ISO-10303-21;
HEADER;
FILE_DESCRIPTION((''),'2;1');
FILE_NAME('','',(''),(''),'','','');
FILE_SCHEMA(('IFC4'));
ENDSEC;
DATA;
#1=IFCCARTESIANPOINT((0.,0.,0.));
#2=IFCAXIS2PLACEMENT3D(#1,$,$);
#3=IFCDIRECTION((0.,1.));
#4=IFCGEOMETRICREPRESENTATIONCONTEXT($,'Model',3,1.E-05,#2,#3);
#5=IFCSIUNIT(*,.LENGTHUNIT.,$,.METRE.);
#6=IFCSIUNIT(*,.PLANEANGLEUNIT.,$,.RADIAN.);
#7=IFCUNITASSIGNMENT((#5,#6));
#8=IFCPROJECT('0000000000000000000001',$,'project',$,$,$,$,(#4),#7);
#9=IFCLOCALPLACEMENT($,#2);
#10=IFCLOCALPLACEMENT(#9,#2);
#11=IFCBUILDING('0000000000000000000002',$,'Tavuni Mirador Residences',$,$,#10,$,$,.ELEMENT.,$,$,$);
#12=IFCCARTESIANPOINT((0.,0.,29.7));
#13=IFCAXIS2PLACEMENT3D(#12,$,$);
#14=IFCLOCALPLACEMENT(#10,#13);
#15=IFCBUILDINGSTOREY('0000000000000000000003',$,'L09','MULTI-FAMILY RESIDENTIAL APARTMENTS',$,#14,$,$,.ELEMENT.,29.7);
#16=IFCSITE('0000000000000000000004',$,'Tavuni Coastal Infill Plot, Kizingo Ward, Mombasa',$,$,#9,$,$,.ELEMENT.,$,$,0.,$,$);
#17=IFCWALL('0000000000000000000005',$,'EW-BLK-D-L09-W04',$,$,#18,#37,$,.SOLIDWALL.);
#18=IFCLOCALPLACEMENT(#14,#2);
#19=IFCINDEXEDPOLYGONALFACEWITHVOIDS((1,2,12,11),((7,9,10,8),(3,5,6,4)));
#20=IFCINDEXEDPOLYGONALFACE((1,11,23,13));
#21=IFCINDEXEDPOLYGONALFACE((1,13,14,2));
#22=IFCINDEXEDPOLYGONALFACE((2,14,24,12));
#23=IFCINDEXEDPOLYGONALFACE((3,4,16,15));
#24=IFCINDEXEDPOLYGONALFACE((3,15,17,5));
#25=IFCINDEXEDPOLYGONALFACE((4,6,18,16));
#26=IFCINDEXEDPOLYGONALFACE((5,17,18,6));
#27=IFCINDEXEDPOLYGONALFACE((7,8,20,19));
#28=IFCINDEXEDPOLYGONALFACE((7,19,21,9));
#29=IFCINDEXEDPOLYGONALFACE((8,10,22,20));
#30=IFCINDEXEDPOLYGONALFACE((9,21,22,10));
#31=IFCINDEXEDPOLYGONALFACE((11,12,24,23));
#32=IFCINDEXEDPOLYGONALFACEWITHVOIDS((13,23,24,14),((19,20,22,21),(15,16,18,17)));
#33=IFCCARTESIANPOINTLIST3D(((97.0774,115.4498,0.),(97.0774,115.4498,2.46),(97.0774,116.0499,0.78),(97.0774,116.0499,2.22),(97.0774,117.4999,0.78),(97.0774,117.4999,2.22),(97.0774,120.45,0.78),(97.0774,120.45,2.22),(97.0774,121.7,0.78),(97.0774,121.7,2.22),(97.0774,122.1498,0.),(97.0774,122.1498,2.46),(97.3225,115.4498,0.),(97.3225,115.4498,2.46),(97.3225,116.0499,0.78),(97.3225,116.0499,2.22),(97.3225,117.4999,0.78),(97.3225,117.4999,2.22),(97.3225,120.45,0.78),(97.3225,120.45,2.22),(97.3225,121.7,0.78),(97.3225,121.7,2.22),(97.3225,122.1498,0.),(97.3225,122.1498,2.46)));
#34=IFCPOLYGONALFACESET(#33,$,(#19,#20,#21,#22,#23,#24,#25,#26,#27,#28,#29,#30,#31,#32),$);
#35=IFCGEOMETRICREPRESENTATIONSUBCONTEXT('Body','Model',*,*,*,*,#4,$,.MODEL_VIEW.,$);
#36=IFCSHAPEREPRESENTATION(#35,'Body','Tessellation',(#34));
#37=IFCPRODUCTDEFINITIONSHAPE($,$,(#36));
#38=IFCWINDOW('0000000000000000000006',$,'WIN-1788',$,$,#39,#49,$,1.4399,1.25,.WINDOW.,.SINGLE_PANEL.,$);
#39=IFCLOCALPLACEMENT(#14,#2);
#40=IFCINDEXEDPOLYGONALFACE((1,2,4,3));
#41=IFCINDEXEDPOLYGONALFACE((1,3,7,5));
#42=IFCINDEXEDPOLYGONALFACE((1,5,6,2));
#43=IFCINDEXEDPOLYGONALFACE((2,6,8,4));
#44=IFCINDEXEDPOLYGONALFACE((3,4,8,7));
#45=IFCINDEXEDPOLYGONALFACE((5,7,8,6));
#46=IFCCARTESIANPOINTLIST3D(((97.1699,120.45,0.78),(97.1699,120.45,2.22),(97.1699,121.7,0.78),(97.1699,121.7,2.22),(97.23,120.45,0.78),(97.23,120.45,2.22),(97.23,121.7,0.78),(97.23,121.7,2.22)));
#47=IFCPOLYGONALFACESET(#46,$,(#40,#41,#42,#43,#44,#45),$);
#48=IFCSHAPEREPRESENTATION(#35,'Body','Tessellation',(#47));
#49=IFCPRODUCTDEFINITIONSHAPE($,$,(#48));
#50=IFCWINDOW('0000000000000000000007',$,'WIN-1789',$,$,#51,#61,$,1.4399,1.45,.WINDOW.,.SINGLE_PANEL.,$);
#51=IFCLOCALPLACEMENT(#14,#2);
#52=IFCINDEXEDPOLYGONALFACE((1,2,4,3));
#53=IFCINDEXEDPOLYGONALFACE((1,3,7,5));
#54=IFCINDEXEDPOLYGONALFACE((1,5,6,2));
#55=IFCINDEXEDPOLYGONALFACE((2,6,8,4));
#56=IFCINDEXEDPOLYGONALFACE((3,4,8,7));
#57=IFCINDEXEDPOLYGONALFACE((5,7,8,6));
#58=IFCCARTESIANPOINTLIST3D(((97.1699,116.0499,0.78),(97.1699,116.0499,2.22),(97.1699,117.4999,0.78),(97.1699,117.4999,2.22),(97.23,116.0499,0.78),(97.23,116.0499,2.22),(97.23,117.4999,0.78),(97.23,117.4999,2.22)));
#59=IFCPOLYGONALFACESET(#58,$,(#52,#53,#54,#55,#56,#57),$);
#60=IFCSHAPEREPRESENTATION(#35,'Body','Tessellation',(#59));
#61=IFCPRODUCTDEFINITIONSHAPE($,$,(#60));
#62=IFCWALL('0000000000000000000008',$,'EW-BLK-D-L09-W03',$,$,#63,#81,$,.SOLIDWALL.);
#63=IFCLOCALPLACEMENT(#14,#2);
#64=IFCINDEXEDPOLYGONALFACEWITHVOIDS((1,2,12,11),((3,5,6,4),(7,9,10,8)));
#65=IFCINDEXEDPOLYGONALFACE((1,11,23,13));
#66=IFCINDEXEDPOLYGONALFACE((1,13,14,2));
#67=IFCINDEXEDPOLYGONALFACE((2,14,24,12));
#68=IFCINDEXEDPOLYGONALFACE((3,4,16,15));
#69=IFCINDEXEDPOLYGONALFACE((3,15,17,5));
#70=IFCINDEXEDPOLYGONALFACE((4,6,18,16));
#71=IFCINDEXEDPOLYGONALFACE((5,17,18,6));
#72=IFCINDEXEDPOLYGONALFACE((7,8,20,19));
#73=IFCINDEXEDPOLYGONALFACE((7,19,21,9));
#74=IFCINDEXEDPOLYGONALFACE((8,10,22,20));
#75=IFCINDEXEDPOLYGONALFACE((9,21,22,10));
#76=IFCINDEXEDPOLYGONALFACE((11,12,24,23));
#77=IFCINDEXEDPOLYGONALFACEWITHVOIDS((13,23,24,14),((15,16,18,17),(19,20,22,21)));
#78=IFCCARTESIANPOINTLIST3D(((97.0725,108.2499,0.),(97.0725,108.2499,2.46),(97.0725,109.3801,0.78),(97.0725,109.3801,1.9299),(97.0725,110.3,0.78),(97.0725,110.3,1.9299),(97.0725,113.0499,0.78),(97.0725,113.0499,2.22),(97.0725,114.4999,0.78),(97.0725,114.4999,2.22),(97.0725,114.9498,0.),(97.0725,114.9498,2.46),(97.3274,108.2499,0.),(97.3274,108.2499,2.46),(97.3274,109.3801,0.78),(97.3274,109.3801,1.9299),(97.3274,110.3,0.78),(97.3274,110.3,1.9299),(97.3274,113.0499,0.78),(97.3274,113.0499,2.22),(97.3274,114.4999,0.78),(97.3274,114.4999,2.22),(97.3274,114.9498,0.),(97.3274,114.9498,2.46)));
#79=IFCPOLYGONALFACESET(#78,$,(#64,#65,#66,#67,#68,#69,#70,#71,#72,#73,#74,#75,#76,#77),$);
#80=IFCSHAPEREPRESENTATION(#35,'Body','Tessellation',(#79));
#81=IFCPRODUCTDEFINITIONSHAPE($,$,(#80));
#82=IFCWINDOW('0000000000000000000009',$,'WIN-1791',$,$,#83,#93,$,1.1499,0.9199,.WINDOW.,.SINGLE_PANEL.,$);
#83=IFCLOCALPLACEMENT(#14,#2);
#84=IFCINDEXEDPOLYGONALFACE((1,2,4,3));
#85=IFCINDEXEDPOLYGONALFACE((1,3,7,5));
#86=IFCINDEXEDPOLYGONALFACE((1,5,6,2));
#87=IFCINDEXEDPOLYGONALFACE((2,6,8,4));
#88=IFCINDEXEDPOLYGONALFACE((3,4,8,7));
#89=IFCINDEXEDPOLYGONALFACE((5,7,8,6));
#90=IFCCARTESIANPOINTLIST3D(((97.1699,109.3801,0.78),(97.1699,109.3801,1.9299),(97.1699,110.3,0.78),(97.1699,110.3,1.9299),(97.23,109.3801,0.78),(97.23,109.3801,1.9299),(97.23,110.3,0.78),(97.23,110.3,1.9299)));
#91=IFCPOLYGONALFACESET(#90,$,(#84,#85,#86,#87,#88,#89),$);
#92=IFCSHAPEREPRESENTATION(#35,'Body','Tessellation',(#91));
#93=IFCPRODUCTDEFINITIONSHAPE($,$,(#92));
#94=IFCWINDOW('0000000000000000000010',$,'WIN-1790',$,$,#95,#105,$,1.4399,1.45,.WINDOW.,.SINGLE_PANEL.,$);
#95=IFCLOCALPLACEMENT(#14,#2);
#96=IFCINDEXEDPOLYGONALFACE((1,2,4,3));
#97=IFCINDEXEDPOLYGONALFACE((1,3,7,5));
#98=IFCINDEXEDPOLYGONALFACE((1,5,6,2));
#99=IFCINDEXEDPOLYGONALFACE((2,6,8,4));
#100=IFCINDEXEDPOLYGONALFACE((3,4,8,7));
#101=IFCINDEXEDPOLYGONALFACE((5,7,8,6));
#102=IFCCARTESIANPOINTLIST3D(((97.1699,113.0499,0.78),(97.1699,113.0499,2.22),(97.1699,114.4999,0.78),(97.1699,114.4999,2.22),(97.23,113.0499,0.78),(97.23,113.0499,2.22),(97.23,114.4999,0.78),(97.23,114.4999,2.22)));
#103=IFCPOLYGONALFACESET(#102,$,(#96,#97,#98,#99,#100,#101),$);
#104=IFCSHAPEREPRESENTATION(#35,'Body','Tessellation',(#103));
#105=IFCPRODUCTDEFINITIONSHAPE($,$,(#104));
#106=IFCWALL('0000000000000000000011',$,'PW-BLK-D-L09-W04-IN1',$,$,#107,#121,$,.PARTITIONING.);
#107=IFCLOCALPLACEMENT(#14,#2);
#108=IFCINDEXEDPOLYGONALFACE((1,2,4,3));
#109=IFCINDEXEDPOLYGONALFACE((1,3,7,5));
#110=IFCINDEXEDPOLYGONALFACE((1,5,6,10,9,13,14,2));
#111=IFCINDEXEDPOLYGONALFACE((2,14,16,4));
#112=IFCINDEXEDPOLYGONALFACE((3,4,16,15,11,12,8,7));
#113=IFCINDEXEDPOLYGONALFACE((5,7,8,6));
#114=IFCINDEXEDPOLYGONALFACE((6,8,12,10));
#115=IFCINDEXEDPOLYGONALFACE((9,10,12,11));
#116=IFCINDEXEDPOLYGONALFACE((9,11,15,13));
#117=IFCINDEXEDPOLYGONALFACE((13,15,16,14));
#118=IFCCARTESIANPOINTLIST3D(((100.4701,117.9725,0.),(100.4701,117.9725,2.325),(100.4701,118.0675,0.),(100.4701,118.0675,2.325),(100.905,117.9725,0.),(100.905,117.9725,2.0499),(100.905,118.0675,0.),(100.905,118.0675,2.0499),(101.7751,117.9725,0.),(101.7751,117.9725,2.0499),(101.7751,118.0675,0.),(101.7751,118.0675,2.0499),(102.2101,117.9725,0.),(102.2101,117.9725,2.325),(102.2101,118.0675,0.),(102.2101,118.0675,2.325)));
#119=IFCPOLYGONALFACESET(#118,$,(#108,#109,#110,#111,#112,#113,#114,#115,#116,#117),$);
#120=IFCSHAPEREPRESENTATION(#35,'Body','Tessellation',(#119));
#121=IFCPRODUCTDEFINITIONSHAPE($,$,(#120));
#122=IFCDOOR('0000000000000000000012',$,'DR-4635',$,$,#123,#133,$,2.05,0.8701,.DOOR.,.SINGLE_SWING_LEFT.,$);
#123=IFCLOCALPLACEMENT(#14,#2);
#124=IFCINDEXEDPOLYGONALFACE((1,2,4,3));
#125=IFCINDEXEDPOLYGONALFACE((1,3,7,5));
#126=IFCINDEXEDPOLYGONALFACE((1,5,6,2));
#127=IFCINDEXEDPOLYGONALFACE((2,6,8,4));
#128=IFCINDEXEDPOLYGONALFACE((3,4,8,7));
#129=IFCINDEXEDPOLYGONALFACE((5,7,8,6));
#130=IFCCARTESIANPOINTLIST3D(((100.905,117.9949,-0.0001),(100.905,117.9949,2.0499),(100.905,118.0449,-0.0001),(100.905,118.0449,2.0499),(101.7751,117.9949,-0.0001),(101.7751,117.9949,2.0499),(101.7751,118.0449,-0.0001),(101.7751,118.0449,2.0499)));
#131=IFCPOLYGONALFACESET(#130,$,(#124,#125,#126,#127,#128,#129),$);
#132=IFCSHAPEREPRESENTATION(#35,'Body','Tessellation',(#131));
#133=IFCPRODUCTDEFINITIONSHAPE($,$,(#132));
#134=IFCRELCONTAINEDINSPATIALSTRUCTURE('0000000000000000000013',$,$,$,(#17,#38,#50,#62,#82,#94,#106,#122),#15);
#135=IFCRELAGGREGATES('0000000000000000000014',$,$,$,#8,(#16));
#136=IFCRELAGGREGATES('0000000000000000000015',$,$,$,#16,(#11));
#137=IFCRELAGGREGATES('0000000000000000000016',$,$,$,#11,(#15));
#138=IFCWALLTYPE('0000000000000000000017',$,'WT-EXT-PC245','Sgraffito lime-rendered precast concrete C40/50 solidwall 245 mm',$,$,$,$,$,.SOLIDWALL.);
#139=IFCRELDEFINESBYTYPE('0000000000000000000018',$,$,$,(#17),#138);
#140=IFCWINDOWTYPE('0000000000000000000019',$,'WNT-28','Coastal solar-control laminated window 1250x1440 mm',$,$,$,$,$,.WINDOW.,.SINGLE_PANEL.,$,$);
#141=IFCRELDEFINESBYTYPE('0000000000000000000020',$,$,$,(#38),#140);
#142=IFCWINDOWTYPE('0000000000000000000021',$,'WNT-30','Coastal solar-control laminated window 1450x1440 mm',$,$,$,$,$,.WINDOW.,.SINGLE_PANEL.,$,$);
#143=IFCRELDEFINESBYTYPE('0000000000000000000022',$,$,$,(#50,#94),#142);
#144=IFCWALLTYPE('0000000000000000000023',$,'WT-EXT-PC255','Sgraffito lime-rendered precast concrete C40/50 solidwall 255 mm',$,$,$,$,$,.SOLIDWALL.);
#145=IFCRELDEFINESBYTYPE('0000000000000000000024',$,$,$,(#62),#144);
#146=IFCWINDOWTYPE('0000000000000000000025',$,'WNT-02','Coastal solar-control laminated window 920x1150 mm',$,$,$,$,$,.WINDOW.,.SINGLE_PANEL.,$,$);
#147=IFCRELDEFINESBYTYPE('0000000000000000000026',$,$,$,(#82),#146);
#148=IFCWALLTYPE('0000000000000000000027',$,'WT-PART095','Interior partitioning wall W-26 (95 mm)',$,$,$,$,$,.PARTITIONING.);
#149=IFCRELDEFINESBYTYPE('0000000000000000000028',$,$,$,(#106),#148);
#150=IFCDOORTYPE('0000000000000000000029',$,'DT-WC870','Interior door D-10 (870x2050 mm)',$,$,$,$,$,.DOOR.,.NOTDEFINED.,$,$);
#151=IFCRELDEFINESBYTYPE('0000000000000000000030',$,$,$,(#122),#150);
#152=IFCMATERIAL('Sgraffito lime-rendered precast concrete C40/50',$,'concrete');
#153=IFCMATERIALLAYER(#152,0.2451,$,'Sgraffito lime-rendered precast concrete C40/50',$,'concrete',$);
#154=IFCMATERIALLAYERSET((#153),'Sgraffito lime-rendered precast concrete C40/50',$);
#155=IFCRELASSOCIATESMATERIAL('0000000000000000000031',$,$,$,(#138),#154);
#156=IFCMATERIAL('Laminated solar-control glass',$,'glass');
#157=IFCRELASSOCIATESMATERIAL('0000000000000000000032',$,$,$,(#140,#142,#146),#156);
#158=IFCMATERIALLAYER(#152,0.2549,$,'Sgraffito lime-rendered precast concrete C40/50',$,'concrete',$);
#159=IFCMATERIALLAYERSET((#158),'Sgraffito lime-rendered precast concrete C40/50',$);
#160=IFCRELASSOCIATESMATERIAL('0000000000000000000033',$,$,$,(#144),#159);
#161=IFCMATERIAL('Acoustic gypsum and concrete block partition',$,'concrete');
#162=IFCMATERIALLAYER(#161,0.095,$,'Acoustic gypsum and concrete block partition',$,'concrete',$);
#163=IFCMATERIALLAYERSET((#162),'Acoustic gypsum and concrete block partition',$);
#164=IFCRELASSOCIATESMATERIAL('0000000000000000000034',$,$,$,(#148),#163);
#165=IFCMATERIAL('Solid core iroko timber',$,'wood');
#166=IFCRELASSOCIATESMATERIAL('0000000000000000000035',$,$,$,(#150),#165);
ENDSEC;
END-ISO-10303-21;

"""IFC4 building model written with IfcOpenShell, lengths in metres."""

from ifc_helpers import new_model, si_unit, direction, frame, frame_2d, origin, place, context, subcontext, project, spatial, rectangle, extrude, material, layer, layer_set, type_object, element, fill, save


model = new_model("IFC4")

# Units and contexts
model_context = context("Model", 3, precision=1e-05, world=origin(), true_north=direction((0.0, 1.0)))
body_context = subcontext(model_context, "Body", "Model", "MODEL_VIEW")
ifc_project = project(units=[si_unit("LENGTHUNIT", "METRE"), si_unit("PLANEANGLEUNIT", "RADIAN")], contexts=[model_context])

# Site, building, storey
site_placement = place(None, origin())
site = spatial("IfcSite", under=ifc_project, at=site_placement, Name="Tavuni Coastal Infill Plot, Kizingo Ward, Mombasa", CompositionType="ELEMENT", RefElevation=0.0)
building_placement = place(site_placement, origin())
building = spatial("IfcBuilding", under=site, at=building_placement, Name="Tavuni Mirador Residences", CompositionType="ELEMENT")
storey_placement = place(building_placement, frame((0.0, 0.0, 29.7)))
storey = spatial("IfcBuildingStorey", under=building, at=storey_placement, Name="L09", Description="MULTI-FAMILY RESIDENTIAL APARTMENTS", CompositionType="ELEMENT", Elevation=29.7)

# Shared definitions
ifc_material_1 = material(Name="Solid core iroko timber", Category="wood")

# Walls, openings, windows
ifc_material_2 = material(Name="Sgraffito lime-rendered precast concrete C40/50", Category="concrete")
ifc_layer_1 = layer(ifc_material_2, 0.2451, Name="Sgraffito lime-rendered precast concrete C40/50", Category="concrete")
ifc_layer_set_1 = layer_set([ifc_layer_1], Name="Sgraffito lime-rendered precast concrete C40/50")
wall_type_1 = type_object("IfcWallType", Name="WT-EXT-PC245", Description="Sgraffito lime-rendered precast concrete C40/50 solidwall 245 mm", PredefinedType="SOLIDWALL", material=ifc_layer_set_1)
wall_1_placement = place(storey_placement, frame((97.2, 122.1499, 0.0), z_axis=(0.0, 0.0, 1.0), x_axis=(0.0, -1.0, 0.0)))
wall_1 = element("IfcWall", 1, at=wall_1_placement, inside=storey, type_object=wall_type_1, Name="EW-BLK-D-L09-W04", PredefinedType="SOLIDWALL", context=body_context, shape_type="SweptSolid", body=[
    extrude(rectangle(XDim=6.7, YDim=0.2451, at=frame_2d((3.3501, 0.0))), origin(), (0.0, 0.0, 1.0), 2.46),
])
opening_1_placement = place(wall_1_placement, frame((0.45, 0.0, 0.78)))
opening_1 = element("IfcOpeningElement", 2, at=opening_1_placement, cuts=wall_1, PredefinedType="OPENING", context=body_context, shape_type="SweptSolid", body=[
    extrude(rectangle(XDim=1.25, YDim=1.4399, at=frame_2d((0.625, 0.72))), frame((0.0, 0.1326, 0.0), z_axis=(0.0, -1.0, 0.0), x_axis=(1.0, 0.0, 0.0)), (0.0, 0.0, 1.0), 0.2651),
])
opening_2_placement = place(wall_1_placement, frame((4.6499, 0.0, 0.78)))
opening_2 = element("IfcOpeningElement", 3, at=opening_2_placement, cuts=wall_1, PredefinedType="OPENING", context=body_context, shape_type="SweptSolid", body=[
    extrude(rectangle(XDim=1.45, YDim=1.4399, at=frame_2d((0.7251, 0.72))), frame((0.0, 0.1326, 0.0), z_axis=(0.0, -1.0, 0.0), x_axis=(1.0, 0.0, 0.0)), (0.0, 0.0, 1.0), 0.2651),
])
ifc_material_3 = material(Name="Laminated solar-control glass", Category="glass")
window_type_1 = type_object("IfcWindowType", Name="WNT-28", Description="Coastal solar-control laminated window 1250x1440 mm", PartitioningType="SINGLE_PANEL", PredefinedType="WINDOW", material=ifc_material_3)
window_1_placement = place(opening_1_placement, origin())
window_1 = element("IfcWindow", 4, at=window_1_placement, inside=storey, type_object=window_type_1, Name="WIN-1788", OverallHeight=1.4399, OverallWidth=1.25, PartitioningType="SINGLE_PANEL", PredefinedType="WINDOW", context=body_context, shape_type="SweptSolid", body=[
    extrude(rectangle(XDim=1.25, YDim=1.4399, at=frame_2d((0.625, 0.72))), frame((0.0, 0.03, 0.0), z_axis=(0.0, -1.0, 0.0), x_axis=(1.0, 0.0, 0.0)), (0.0, 0.0, 1.0), 0.0601),
])
fill(opening_1, window_1)
window_type_2 = type_object("IfcWindowType", Name="WNT-30", Description="Coastal solar-control laminated window 1450x1440 mm", PartitioningType="SINGLE_PANEL", PredefinedType="WINDOW", material=ifc_material_3)
window_2_placement = place(opening_2_placement, origin())
window_2 = element("IfcWindow", 5, at=window_2_placement, inside=storey, type_object=window_type_2, Name="WIN-1789", OverallHeight=1.4399, OverallWidth=1.45, PartitioningType="SINGLE_PANEL", PredefinedType="WINDOW", context=body_context, shape_type="SweptSolid", body=[
    extrude(rectangle(XDim=1.45, YDim=1.4399, at=frame_2d((0.7251, 0.72))), frame((0.0, 0.03, 0.0), z_axis=(0.0, -1.0, 0.0), x_axis=(1.0, 0.0, 0.0)), (0.0, 0.0, 1.0), 0.0601),
])
fill(opening_2, window_2)
ifc_layer_2 = layer(ifc_material_2, 0.2549, Name="Sgraffito lime-rendered precast concrete C40/50", Category="concrete")
ifc_layer_set_2 = layer_set([ifc_layer_2], Name="Sgraffito lime-rendered precast concrete C40/50")
wall_type_2 = type_object("IfcWallType", Name="WT-EXT-PC255", Description="Sgraffito lime-rendered precast concrete C40/50 solidwall 255 mm", PredefinedType="SOLIDWALL", material=ifc_layer_set_2)
wall_2_placement = place(storey_placement, frame((97.2, 114.95, 0.0), z_axis=(0.0, 0.0, 1.0), x_axis=(0.0, -1.0, 0.0)))
wall_2 = element("IfcWall", 6, at=wall_2_placement, inside=storey, type_object=wall_type_2, Name="EW-BLK-D-L09-W03", PredefinedType="SOLIDWALL", context=body_context, shape_type="SweptSolid", body=[
    extrude(rectangle(XDim=6.7, YDim=0.2549, at=frame_2d((3.3501, 0.0))), origin(), (0.0, 0.0, 1.0), 2.46),
])
opening_3_placement = place(wall_2_placement, frame((0.45, 0.0, 0.78)))
opening_3 = element("IfcOpeningElement", 7, at=opening_3_placement, cuts=wall_2, PredefinedType="OPENING", context=body_context, shape_type="SweptSolid", body=[
    extrude(rectangle(XDim=1.45, YDim=1.4399, at=frame_2d((0.7251, 0.72))), frame((0.0, 0.1375, 0.0), z_axis=(0.0, -1.0, 0.0), x_axis=(1.0, 0.0, 0.0)), (0.0, 0.0, 1.0), 0.2749),
])
opening_4_placement = place(wall_2_placement, frame((4.6499, 0.0, 0.78)))
opening_4 = element("IfcOpeningElement", 8, at=opening_4_placement, cuts=wall_2, PredefinedType="OPENING", context=body_context, shape_type="SweptSolid", body=[
    extrude(rectangle(XDim=0.9199, YDim=1.1499, at=frame_2d((0.46, 0.575))), frame((0.0, 0.1375, 0.0), z_axis=(0.0, -1.0, 0.0), x_axis=(1.0, 0.0, 0.0)), (0.0, 0.0, 1.0), 0.2749),
])
window_type_3 = type_object("IfcWindowType", Name="WNT-02", Description="Coastal solar-control laminated window 920x1150 mm", PartitioningType="SINGLE_PANEL", PredefinedType="WINDOW", material=ifc_material_3)
window_3_placement = place(opening_4_placement, origin())
window_3 = element("IfcWindow", 9, at=window_3_placement, inside=storey, type_object=window_type_3, Name="WIN-1791", OverallHeight=1.1499, OverallWidth=0.9199, PartitioningType="SINGLE_PANEL", PredefinedType="WINDOW", context=body_context, shape_type="SweptSolid", body=[
    extrude(rectangle(XDim=0.9199, YDim=1.1499, at=frame_2d((0.46, 0.575))), frame((0.0, 0.03, 0.0), z_axis=(0.0, -1.0, 0.0), x_axis=(1.0, 0.0, 0.0)), (0.0, 0.0, 1.0), 0.0601),
])
fill(opening_4, window_3)
window_4_placement = place(opening_3_placement, origin())
window_4 = element("IfcWindow", 10, at=window_4_placement, inside=storey, type_object=window_type_2, Name="WIN-1790", OverallHeight=1.4399, OverallWidth=1.45, PartitioningType="SINGLE_PANEL", PredefinedType="WINDOW", context=body_context, shape_type="SweptSolid", body=[
    extrude(rectangle(XDim=1.45, YDim=1.4399, at=frame_2d((0.7251, 0.72))), frame((0.0, 0.03, 0.0), z_axis=(0.0, -1.0, 0.0), x_axis=(1.0, 0.0, 0.0)), (0.0, 0.0, 1.0), 0.0601),
])
fill(opening_3, window_4)

# Wall, opening, door
ifc_material_4 = material(Name="Acoustic gypsum and concrete block partition", Category="concrete")
ifc_layer_3 = layer(ifc_material_4, 0.095, Name="Acoustic gypsum and concrete block partition", Category="concrete")
ifc_layer_set_3 = layer_set([ifc_layer_3], Name="Acoustic gypsum and concrete block partition")
wall_type_3 = type_object("IfcWallType", Name="WT-PART095", Description="Interior partitioning wall W-26 (95 mm)", PredefinedType="PARTITIONING", material=ifc_layer_set_3)
wall_3_placement = place(storey_placement, frame((100.47, 118.02, 0.0), z_axis=(0.0, 0.0, 1.0), x_axis=(1.0, 0.0, 0.0)))
wall_3 = element("IfcWall", 11, at=wall_3_placement, inside=storey, type_object=wall_type_3, Name="PW-BLK-D-L09-W04-IN1", PredefinedType="PARTITIONING", context=body_context, shape_type="SweptSolid", body=[
    extrude(rectangle(XDim=1.74, YDim=0.095, at=frame_2d((0.8701, 0.0))), origin(), (0.0, 0.0, 1.0), 2.325),
])
opening_5_placement = place(wall_3_placement, frame((0.4351, 0.0, 0.0)))
opening_5 = element("IfcOpeningElement", 12, at=opening_5_placement, cuts=wall_3, PredefinedType="OPENING", context=body_context, shape_type="SweptSolid", body=[
    extrude(rectangle(XDim=0.8701, YDim=2.05, at=frame_2d((0.4351, 1.0249))), frame((0.0, 0.0576, 0.0), z_axis=(0.0, -1.0, 0.0), x_axis=(1.0, 0.0, 0.0)), (0.0, 0.0, 1.0), 0.115),
])
door_type_1 = type_object("IfcDoorType", Name="DT-WC870", Description="Interior door D-10 (870x2050 mm)", OperationType="NOTDEFINED", PredefinedType="DOOR", material=ifc_material_1)
door_1_placement = place(opening_5_placement, origin())
door_1 = element("IfcDoor", 13, at=door_1_placement, inside=storey, type_object=door_type_1, Name="DR-4635", OperationType="SINGLE_SWING_LEFT", OverallHeight=2.05, OverallWidth=0.8701, PredefinedType="DOOR", context=body_context, shape_type="SweptSolid", body=[
    extrude(rectangle(XDim=0.8701, YDim=2.05, at=frame_2d((0.4351, 1.0249))), frame((0.0, 0.0249, 0.0), z_axis=(0.0, -1.0, 0.0), x_axis=(1.0, 0.0, 0.0)), (0.0, 0.0, 1.0), 0.05),
])
fill(opening_5, door_1)

save(model, "model.ifc")
